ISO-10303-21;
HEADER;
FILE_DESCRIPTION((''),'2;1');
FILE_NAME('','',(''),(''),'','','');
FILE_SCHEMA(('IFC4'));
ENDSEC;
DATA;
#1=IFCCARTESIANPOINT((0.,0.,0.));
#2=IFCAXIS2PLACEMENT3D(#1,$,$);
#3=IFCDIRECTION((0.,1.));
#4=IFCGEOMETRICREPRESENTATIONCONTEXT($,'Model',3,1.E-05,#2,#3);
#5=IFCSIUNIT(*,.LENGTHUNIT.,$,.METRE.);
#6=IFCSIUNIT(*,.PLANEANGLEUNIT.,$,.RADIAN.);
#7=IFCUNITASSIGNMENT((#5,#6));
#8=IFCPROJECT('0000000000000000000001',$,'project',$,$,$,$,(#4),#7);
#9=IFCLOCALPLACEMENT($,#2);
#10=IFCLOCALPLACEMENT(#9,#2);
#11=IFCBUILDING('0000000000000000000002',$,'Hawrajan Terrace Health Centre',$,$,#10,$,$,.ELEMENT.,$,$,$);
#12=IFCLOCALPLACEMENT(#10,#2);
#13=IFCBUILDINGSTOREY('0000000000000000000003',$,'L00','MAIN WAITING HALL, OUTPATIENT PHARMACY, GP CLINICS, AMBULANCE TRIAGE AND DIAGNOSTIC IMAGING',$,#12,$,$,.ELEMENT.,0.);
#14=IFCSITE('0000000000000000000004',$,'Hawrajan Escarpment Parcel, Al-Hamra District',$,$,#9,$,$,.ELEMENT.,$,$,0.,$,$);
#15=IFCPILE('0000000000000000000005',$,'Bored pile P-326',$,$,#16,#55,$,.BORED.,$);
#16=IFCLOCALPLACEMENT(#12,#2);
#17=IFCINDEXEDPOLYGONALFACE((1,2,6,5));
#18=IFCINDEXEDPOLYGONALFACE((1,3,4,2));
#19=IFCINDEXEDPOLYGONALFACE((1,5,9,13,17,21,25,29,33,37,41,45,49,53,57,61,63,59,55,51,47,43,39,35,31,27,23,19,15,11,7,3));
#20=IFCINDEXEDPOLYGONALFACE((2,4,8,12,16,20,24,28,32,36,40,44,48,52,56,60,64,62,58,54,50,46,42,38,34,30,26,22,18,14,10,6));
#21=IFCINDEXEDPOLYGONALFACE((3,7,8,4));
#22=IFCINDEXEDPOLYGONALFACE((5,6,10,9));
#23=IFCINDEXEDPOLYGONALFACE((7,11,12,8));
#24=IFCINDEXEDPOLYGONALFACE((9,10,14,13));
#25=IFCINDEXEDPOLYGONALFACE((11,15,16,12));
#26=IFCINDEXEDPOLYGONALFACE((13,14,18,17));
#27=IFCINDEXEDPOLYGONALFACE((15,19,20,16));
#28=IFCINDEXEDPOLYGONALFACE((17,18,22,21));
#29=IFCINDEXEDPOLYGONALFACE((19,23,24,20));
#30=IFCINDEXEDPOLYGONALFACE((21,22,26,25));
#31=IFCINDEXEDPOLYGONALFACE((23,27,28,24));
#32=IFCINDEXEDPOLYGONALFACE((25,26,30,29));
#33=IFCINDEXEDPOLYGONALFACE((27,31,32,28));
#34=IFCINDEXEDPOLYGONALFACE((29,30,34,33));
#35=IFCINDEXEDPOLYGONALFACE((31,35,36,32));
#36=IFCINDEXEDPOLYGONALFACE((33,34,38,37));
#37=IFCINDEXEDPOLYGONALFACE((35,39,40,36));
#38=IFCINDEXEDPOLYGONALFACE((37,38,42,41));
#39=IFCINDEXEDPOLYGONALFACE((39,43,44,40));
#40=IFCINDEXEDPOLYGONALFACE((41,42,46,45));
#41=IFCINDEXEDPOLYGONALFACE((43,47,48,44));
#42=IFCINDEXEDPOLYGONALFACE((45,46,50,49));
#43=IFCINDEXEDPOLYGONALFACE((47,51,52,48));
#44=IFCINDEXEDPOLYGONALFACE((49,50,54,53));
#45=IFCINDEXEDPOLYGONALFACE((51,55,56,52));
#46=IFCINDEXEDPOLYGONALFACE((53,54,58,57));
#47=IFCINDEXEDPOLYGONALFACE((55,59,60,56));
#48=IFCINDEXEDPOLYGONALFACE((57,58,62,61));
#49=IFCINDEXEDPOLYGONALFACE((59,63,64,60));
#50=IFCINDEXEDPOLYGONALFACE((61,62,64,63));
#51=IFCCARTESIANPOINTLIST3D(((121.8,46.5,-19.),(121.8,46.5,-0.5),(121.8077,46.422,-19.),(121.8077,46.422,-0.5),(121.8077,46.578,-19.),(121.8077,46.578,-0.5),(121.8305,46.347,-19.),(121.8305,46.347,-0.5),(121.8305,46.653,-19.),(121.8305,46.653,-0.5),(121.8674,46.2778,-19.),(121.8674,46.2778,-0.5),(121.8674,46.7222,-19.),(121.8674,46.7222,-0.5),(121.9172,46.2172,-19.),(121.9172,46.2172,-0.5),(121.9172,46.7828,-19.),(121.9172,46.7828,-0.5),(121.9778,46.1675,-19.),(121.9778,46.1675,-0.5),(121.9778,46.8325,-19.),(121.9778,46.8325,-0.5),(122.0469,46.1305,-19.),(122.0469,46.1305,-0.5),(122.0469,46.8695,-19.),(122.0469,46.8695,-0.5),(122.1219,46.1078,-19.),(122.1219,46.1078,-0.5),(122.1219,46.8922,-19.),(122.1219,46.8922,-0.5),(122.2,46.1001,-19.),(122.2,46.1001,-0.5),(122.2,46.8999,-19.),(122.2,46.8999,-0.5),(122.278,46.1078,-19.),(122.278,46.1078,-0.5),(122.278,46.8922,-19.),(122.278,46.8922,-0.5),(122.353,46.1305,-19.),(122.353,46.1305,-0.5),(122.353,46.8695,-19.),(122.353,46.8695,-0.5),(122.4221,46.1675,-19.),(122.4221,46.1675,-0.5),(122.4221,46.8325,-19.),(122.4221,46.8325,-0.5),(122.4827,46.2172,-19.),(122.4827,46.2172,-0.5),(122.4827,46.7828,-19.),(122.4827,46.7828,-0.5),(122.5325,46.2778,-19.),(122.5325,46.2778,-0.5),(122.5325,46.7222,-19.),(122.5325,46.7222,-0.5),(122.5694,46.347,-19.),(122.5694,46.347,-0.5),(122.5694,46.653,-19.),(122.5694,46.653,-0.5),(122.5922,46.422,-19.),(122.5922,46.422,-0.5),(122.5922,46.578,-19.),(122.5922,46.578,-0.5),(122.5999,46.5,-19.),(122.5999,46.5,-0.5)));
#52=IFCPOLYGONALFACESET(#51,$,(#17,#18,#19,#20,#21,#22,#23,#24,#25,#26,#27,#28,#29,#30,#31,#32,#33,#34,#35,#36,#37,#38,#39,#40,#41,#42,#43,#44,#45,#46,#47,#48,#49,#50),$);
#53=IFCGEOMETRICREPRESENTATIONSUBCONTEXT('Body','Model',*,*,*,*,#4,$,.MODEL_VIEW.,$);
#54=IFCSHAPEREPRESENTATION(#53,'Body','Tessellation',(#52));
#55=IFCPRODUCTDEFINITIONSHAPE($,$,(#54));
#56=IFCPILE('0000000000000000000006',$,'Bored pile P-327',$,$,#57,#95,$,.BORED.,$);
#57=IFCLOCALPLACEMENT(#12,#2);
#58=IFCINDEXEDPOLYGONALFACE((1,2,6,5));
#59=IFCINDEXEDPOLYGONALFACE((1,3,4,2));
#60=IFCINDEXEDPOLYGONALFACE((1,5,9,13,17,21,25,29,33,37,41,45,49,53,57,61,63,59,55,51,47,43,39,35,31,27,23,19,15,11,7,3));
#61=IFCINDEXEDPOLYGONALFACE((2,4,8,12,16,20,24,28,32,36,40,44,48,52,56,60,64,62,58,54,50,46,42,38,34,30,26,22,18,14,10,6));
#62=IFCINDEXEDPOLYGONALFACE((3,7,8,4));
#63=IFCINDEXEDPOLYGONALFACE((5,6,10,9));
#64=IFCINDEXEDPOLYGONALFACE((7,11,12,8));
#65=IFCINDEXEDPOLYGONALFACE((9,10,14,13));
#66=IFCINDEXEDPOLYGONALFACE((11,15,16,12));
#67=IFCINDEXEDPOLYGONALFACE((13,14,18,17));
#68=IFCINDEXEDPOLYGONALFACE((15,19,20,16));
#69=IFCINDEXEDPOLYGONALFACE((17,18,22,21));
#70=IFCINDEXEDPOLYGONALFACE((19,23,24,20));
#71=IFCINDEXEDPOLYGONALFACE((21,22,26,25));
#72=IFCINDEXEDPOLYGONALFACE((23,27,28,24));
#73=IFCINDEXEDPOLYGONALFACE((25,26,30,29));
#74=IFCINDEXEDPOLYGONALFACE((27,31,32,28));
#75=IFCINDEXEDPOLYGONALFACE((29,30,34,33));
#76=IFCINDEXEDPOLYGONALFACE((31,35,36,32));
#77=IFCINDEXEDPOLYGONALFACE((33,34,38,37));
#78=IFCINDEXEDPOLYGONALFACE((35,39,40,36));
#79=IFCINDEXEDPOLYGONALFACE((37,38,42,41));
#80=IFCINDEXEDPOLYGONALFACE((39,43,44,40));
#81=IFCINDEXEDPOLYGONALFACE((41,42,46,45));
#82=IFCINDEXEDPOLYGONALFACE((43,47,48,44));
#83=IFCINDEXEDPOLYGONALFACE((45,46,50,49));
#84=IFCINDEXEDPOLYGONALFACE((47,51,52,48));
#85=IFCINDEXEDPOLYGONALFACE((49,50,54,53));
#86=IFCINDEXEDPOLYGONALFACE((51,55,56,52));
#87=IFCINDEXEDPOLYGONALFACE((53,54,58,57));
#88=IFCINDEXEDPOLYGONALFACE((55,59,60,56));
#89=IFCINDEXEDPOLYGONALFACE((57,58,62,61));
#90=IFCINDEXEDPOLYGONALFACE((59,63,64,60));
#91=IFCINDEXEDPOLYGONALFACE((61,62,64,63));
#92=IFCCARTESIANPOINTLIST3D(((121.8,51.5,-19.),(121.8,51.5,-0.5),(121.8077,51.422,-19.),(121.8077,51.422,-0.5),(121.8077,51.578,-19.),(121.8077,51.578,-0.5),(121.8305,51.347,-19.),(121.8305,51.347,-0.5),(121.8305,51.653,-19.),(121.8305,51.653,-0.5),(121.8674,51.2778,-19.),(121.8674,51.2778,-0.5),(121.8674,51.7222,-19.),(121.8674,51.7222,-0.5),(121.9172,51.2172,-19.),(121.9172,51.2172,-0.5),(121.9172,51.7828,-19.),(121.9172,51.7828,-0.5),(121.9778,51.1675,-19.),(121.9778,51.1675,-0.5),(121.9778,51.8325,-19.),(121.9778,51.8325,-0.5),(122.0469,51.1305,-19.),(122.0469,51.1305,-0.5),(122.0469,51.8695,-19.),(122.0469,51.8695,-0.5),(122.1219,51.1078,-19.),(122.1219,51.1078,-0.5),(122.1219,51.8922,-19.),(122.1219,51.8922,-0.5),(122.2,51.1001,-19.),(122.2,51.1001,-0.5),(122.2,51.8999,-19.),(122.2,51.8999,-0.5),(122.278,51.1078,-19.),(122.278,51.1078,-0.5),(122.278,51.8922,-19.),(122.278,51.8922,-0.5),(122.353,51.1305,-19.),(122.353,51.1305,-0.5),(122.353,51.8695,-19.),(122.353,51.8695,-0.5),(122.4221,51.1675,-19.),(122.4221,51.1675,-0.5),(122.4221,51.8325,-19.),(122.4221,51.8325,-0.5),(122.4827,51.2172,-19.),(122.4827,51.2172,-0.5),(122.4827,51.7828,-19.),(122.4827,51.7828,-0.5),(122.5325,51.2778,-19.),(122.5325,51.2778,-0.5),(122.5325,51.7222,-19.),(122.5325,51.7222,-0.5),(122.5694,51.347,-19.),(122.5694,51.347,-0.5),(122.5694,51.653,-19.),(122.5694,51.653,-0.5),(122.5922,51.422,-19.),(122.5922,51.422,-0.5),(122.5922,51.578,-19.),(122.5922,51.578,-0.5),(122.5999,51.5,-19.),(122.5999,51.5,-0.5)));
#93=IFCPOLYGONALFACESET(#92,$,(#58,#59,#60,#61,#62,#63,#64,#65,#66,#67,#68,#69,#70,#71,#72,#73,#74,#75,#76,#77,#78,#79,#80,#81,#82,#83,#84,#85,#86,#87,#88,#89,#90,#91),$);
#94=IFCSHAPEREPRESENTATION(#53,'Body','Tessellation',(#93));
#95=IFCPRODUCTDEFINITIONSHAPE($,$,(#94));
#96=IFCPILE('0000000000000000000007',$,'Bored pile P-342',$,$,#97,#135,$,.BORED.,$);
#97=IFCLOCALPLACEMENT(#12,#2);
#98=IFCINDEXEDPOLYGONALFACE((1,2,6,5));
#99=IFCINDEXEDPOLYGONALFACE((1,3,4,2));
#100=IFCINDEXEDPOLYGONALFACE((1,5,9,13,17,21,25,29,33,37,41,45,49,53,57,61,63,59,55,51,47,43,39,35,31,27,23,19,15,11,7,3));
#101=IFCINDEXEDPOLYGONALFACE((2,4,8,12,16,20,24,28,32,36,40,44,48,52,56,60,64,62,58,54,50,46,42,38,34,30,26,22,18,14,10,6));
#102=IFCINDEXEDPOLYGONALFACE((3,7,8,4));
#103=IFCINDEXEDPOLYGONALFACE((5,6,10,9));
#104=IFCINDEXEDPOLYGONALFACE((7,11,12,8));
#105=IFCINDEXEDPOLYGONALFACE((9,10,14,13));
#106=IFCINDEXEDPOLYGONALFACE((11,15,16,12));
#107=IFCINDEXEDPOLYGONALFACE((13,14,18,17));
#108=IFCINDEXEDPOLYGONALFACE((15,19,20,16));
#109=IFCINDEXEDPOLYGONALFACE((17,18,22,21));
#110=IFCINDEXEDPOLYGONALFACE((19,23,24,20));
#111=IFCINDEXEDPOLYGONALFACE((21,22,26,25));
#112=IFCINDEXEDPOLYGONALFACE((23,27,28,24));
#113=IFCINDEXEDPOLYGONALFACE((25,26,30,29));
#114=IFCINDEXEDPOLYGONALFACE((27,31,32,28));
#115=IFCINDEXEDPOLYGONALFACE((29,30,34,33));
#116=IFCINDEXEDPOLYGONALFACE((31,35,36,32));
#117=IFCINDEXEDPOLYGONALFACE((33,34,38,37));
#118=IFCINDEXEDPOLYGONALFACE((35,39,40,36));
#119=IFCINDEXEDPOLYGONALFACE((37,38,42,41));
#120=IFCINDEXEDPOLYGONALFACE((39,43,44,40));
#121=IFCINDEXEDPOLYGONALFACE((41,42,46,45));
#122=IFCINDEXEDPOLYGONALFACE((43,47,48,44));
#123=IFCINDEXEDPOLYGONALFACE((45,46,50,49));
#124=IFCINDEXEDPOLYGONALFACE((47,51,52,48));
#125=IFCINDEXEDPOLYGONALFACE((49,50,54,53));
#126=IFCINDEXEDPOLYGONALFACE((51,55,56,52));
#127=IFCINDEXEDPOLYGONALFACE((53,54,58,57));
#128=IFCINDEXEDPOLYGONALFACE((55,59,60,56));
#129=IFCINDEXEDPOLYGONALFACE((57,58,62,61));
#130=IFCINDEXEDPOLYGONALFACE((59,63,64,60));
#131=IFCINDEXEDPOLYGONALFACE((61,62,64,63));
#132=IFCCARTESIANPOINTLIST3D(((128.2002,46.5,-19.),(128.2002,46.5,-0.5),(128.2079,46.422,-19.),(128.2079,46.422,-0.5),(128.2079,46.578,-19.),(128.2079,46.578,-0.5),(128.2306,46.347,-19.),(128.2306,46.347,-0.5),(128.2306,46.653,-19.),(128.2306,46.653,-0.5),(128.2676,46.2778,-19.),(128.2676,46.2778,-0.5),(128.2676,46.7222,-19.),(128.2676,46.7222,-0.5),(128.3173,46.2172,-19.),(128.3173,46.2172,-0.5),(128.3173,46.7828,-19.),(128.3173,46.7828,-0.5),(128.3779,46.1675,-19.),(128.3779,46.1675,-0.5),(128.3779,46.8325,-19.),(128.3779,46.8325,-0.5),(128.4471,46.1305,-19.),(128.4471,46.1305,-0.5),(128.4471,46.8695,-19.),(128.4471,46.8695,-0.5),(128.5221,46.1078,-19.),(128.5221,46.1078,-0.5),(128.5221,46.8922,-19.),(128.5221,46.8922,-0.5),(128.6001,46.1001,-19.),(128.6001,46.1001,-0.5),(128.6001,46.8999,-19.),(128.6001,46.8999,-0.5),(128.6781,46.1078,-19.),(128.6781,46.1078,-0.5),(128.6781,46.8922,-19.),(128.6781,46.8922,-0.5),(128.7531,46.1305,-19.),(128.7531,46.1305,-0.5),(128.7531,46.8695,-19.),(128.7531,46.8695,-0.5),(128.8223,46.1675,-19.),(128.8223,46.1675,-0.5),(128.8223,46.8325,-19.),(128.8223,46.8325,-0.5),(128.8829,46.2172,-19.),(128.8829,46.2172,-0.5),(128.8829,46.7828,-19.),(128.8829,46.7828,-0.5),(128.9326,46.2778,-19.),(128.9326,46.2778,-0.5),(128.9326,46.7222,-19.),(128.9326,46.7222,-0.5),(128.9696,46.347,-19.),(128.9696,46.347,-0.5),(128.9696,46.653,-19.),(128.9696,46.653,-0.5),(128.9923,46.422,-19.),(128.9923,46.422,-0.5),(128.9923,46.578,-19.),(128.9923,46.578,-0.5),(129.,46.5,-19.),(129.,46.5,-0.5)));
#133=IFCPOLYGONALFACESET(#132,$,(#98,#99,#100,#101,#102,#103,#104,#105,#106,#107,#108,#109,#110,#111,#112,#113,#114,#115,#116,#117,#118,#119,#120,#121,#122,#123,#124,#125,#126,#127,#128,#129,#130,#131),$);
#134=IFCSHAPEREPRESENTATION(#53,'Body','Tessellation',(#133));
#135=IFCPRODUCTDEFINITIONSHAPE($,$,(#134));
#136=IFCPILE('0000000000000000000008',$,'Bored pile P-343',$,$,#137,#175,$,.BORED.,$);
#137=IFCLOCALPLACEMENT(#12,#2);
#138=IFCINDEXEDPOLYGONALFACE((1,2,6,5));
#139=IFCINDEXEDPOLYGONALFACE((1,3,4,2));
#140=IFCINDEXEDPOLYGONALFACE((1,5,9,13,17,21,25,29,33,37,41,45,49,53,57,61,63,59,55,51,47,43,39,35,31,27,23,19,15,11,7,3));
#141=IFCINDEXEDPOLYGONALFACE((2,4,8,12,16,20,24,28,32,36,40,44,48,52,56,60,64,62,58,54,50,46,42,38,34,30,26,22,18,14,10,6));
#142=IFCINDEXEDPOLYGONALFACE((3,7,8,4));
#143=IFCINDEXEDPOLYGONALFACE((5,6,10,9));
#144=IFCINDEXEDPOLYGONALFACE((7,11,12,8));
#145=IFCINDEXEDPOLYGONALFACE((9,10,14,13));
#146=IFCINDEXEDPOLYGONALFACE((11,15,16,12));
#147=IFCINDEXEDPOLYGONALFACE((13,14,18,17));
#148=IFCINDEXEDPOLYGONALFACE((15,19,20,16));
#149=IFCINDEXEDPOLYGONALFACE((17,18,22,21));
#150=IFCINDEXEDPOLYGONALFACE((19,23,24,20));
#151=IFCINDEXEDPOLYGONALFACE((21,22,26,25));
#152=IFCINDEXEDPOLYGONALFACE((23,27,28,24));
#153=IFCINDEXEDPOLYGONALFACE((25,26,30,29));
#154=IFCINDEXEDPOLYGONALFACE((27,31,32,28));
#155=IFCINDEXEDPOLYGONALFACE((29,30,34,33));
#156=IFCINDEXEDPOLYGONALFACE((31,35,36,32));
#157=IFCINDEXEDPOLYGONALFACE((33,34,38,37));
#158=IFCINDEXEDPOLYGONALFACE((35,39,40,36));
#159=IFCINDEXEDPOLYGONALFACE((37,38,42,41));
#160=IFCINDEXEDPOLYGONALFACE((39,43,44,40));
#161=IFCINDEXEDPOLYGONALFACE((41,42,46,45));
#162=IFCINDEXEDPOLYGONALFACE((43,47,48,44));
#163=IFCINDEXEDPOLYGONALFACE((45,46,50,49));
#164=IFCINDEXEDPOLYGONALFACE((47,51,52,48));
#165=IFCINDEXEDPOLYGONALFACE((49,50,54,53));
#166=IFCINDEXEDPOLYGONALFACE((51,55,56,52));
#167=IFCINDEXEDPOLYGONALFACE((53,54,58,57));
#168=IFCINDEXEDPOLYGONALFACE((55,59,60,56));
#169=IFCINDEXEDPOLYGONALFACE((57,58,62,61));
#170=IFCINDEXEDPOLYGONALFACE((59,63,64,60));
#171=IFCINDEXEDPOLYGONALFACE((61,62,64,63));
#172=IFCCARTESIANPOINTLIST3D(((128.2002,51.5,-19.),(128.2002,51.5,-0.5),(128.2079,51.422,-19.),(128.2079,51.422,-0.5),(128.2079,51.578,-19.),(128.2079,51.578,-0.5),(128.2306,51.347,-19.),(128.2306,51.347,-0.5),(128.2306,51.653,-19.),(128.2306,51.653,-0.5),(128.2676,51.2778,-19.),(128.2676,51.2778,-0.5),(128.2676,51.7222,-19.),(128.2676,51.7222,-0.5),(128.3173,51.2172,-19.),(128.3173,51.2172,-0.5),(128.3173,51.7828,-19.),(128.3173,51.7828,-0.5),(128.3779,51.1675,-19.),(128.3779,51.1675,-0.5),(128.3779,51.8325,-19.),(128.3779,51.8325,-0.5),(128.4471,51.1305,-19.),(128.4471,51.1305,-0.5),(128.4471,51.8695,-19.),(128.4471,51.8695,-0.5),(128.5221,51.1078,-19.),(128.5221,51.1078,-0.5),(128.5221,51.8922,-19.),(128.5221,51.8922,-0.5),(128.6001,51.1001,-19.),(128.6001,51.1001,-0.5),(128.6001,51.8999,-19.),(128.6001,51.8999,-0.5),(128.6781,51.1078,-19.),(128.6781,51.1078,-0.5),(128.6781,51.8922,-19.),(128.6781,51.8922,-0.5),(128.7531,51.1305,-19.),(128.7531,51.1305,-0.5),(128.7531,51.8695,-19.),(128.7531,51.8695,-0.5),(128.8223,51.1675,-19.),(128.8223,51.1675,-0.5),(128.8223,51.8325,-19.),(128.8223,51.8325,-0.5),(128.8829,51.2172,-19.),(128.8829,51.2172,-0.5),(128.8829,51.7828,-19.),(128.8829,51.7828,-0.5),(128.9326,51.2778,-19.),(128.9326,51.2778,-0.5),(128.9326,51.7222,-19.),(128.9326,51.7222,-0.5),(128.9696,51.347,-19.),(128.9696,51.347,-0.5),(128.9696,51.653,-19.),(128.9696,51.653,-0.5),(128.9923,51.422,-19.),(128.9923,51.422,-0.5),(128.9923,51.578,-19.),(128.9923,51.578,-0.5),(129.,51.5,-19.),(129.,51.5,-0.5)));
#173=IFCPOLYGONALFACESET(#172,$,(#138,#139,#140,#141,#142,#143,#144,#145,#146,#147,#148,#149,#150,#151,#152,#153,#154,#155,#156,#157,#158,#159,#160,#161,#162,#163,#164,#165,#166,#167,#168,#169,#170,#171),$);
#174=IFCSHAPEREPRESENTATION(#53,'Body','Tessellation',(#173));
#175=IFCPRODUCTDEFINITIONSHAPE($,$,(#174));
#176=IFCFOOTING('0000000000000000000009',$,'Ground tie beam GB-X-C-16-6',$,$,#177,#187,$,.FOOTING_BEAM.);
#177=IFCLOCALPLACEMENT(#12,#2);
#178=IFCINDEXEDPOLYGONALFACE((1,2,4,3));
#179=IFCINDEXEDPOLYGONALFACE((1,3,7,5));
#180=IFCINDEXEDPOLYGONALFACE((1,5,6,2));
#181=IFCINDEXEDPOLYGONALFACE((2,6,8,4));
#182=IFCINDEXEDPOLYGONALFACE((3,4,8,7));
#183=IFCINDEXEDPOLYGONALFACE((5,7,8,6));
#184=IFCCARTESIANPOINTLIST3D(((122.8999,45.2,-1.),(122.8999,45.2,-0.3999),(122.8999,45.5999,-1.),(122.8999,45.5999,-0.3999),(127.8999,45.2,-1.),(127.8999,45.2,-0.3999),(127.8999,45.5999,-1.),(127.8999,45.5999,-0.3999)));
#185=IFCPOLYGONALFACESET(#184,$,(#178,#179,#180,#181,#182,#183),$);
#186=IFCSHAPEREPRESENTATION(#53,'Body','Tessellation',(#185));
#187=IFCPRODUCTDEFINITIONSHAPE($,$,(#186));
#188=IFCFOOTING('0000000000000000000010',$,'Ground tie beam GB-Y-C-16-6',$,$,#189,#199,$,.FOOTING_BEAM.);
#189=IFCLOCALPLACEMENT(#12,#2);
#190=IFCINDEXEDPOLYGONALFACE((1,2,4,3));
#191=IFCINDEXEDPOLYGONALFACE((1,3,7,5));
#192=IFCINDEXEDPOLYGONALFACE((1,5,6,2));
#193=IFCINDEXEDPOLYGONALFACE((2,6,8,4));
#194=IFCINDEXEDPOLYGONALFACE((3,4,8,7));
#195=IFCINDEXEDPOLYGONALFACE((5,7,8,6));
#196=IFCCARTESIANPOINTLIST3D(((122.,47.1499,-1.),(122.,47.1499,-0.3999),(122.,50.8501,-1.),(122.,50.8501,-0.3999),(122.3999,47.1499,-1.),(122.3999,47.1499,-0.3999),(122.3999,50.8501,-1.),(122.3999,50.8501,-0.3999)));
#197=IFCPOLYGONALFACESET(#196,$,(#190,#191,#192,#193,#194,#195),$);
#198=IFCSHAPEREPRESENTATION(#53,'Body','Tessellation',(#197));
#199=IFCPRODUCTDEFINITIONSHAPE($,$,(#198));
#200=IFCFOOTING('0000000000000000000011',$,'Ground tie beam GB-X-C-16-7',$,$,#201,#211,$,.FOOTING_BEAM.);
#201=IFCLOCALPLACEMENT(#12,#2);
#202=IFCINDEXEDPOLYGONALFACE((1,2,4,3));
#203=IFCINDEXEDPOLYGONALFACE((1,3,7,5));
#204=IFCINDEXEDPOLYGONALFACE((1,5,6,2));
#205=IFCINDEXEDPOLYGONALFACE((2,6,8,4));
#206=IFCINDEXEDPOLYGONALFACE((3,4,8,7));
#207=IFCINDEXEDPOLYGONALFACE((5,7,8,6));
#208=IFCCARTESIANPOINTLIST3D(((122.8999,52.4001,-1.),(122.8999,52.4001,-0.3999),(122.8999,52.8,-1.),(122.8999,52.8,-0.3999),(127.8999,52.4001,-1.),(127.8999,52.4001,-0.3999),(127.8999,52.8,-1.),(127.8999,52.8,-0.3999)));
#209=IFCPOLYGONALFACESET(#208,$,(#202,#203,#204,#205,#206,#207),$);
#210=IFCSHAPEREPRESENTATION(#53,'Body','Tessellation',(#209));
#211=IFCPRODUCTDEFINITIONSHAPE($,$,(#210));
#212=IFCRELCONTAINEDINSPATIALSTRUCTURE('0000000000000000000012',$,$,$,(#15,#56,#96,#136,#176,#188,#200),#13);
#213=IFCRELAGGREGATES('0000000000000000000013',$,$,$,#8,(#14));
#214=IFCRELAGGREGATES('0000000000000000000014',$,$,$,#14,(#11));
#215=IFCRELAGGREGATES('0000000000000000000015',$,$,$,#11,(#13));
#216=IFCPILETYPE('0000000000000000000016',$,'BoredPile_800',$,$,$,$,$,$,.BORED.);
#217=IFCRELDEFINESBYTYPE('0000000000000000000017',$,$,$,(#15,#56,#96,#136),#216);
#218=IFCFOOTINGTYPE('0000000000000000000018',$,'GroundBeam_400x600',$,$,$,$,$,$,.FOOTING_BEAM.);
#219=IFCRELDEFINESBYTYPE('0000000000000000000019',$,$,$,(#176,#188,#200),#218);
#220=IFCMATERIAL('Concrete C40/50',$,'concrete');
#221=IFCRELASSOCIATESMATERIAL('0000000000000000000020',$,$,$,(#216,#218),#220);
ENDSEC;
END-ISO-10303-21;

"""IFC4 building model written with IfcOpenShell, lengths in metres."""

from ifc_helpers import new_model, si_unit, direction, frame, origin, origin_2d, place, context, subcontext, project, spatial, rectangle, circle, extrude, material, material_profile, profile_set, type_object, element, save


model = new_model("IFC4")

# Units and contexts
model_context = context("Model", 3, precision=1e-05, world=origin(), true_north=direction((0.0, 1.0)))
body_context = subcontext(model_context, "Body", "Model", "MODEL_VIEW")
ifc_project = project(units=[si_unit("LENGTHUNIT", "METRE"), si_unit("PLANEANGLEUNIT", "RADIAN")], contexts=[model_context])

# Site, building, storey
site_placement = place(None, origin())
site = spatial("IfcSite", under=ifc_project, at=site_placement, Name="Hawrajan Escarpment Parcel, Al-Hamra District", CompositionType="ELEMENT", RefElevation=0.0)
building_placement = place(site_placement, origin())
building = spatial("IfcBuilding", under=site, at=building_placement, Name="Hawrajan Terrace Health Centre", CompositionType="ELEMENT")
storey_placement = place(building_placement, origin())
storey = spatial("IfcBuildingStorey", under=building, at=storey_placement, Name="L00", Description="MAIN WAITING HALL, OUTPATIENT PHARMACY, GP CLINICS, AMBULANCE TRIAGE AND DIAGNOSTIC IMAGING", CompositionType="ELEMENT", Elevation=0.0)

# Piles
ifc_material_1 = material(Name="Concrete C40/50", Category="concrete")
ifc_material_profile_1 = material_profile(ifc_material_1, circle(Radius=0.3999, at=origin_2d()), Name="BP 800")
ifc_profile_set_1 = profile_set([ifc_material_profile_1], Name="Concrete C40/50")
pile_type = type_object("IfcPileType", Name="BoredPile_800", PredefinedType="BORED", material=ifc_profile_set_1)
for number, where, z_axis, x_axis, name in (
    (1, (122.2, 46.5, -0.5), (0.0, 0.0, -1.0), (1.0, 0.0, 0.0), "Bored pile P-326"),
    (2, (122.2, 51.5, -0.5), (0.0, 0.0, -1.0), (1.0, 0.0, 0.0), "Bored pile P-327"),
    (3, (128.6001, 46.5, -0.5), (0.0, 0.0, -1.0), (1.0, 0.0, 0.0), "Bored pile P-342"),
    (4, (128.6001, 51.5, -0.5), (0.0, 0.0, -1.0), (1.0, 0.0, 0.0), "Bored pile P-343"),
):
    element("IfcPile", number, at=place(storey_placement, frame(where, z_axis=z_axis, x_axis=x_axis)), inside=storey, type_object=pile_type, Name=name, PredefinedType="BORED", context=body_context, shape_type="SweptSolid", body=[
        extrude(circle(Radius=0.3999, at=origin_2d()), origin(), (0.0, 0.0, 1.0), 18.5),
    ])

# Footings
ifc_material_profile_2 = material_profile(ifc_material_1, rectangle(XDim=0.3999, YDim=0.6001, at=origin_2d()), Name="RC BM 400x600")
ifc_profile_set_2 = profile_set([ifc_material_profile_2], Name="Concrete C40/50")
footing_type_1 = type_object("IfcFootingType", Name="GroundBeam_400x600", PredefinedType="FOOTING_BEAM", material=ifc_profile_set_2)
footing_1_placement = place(storey_placement, frame((122.8999, 45.3999, -0.7), z_axis=(1.0, 0.0, 0.0), x_axis=(0.0, 1.0, 0.0)))
element("IfcFooting", 5, at=footing_1_placement, inside=storey, type_object=footing_type_1, Name="Ground tie beam GB-X-C-16-6", PredefinedType="FOOTING_BEAM", context=body_context, shape_type="SweptSolid", body=[
    extrude(rectangle(XDim=0.3999, YDim=0.6001, at=origin_2d()), origin(), (0.0, 0.0, 1.0), 5.0),
])
footing_2_placement = place(storey_placement, frame((122.2, 47.1499, -0.7), z_axis=(0.0, 1.0, 0.0), x_axis=(-1.0, 0.0, 0.0)))
element("IfcFooting", 6, at=footing_2_placement, inside=storey, type_object=footing_type_1, Name="Ground tie beam GB-Y-C-16-6", PredefinedType="FOOTING_BEAM", context=body_context, shape_type="SweptSolid", body=[
    extrude(rectangle(XDim=0.3999, YDim=0.6001, at=origin_2d()), origin(), (0.0, 0.0, 1.0), 3.7002),
])
footing_3_placement = place(storey_placement, frame((122.8999, 52.6001, -0.7), z_axis=(1.0, 0.0, 0.0), x_axis=(0.0, 1.0, 0.0)))
element("IfcFooting", 7, at=footing_3_placement, inside=storey, type_object=footing_type_1, Name="Ground tie beam GB-X-C-16-7", PredefinedType="FOOTING_BEAM", context=body_context, shape_type="SweptSolid", body=[
    extrude(rectangle(XDim=0.3999, YDim=0.6001, at=origin_2d()), origin(), (0.0, 0.0, 1.0), 5.0),
])

save(model, "model.ifc")
